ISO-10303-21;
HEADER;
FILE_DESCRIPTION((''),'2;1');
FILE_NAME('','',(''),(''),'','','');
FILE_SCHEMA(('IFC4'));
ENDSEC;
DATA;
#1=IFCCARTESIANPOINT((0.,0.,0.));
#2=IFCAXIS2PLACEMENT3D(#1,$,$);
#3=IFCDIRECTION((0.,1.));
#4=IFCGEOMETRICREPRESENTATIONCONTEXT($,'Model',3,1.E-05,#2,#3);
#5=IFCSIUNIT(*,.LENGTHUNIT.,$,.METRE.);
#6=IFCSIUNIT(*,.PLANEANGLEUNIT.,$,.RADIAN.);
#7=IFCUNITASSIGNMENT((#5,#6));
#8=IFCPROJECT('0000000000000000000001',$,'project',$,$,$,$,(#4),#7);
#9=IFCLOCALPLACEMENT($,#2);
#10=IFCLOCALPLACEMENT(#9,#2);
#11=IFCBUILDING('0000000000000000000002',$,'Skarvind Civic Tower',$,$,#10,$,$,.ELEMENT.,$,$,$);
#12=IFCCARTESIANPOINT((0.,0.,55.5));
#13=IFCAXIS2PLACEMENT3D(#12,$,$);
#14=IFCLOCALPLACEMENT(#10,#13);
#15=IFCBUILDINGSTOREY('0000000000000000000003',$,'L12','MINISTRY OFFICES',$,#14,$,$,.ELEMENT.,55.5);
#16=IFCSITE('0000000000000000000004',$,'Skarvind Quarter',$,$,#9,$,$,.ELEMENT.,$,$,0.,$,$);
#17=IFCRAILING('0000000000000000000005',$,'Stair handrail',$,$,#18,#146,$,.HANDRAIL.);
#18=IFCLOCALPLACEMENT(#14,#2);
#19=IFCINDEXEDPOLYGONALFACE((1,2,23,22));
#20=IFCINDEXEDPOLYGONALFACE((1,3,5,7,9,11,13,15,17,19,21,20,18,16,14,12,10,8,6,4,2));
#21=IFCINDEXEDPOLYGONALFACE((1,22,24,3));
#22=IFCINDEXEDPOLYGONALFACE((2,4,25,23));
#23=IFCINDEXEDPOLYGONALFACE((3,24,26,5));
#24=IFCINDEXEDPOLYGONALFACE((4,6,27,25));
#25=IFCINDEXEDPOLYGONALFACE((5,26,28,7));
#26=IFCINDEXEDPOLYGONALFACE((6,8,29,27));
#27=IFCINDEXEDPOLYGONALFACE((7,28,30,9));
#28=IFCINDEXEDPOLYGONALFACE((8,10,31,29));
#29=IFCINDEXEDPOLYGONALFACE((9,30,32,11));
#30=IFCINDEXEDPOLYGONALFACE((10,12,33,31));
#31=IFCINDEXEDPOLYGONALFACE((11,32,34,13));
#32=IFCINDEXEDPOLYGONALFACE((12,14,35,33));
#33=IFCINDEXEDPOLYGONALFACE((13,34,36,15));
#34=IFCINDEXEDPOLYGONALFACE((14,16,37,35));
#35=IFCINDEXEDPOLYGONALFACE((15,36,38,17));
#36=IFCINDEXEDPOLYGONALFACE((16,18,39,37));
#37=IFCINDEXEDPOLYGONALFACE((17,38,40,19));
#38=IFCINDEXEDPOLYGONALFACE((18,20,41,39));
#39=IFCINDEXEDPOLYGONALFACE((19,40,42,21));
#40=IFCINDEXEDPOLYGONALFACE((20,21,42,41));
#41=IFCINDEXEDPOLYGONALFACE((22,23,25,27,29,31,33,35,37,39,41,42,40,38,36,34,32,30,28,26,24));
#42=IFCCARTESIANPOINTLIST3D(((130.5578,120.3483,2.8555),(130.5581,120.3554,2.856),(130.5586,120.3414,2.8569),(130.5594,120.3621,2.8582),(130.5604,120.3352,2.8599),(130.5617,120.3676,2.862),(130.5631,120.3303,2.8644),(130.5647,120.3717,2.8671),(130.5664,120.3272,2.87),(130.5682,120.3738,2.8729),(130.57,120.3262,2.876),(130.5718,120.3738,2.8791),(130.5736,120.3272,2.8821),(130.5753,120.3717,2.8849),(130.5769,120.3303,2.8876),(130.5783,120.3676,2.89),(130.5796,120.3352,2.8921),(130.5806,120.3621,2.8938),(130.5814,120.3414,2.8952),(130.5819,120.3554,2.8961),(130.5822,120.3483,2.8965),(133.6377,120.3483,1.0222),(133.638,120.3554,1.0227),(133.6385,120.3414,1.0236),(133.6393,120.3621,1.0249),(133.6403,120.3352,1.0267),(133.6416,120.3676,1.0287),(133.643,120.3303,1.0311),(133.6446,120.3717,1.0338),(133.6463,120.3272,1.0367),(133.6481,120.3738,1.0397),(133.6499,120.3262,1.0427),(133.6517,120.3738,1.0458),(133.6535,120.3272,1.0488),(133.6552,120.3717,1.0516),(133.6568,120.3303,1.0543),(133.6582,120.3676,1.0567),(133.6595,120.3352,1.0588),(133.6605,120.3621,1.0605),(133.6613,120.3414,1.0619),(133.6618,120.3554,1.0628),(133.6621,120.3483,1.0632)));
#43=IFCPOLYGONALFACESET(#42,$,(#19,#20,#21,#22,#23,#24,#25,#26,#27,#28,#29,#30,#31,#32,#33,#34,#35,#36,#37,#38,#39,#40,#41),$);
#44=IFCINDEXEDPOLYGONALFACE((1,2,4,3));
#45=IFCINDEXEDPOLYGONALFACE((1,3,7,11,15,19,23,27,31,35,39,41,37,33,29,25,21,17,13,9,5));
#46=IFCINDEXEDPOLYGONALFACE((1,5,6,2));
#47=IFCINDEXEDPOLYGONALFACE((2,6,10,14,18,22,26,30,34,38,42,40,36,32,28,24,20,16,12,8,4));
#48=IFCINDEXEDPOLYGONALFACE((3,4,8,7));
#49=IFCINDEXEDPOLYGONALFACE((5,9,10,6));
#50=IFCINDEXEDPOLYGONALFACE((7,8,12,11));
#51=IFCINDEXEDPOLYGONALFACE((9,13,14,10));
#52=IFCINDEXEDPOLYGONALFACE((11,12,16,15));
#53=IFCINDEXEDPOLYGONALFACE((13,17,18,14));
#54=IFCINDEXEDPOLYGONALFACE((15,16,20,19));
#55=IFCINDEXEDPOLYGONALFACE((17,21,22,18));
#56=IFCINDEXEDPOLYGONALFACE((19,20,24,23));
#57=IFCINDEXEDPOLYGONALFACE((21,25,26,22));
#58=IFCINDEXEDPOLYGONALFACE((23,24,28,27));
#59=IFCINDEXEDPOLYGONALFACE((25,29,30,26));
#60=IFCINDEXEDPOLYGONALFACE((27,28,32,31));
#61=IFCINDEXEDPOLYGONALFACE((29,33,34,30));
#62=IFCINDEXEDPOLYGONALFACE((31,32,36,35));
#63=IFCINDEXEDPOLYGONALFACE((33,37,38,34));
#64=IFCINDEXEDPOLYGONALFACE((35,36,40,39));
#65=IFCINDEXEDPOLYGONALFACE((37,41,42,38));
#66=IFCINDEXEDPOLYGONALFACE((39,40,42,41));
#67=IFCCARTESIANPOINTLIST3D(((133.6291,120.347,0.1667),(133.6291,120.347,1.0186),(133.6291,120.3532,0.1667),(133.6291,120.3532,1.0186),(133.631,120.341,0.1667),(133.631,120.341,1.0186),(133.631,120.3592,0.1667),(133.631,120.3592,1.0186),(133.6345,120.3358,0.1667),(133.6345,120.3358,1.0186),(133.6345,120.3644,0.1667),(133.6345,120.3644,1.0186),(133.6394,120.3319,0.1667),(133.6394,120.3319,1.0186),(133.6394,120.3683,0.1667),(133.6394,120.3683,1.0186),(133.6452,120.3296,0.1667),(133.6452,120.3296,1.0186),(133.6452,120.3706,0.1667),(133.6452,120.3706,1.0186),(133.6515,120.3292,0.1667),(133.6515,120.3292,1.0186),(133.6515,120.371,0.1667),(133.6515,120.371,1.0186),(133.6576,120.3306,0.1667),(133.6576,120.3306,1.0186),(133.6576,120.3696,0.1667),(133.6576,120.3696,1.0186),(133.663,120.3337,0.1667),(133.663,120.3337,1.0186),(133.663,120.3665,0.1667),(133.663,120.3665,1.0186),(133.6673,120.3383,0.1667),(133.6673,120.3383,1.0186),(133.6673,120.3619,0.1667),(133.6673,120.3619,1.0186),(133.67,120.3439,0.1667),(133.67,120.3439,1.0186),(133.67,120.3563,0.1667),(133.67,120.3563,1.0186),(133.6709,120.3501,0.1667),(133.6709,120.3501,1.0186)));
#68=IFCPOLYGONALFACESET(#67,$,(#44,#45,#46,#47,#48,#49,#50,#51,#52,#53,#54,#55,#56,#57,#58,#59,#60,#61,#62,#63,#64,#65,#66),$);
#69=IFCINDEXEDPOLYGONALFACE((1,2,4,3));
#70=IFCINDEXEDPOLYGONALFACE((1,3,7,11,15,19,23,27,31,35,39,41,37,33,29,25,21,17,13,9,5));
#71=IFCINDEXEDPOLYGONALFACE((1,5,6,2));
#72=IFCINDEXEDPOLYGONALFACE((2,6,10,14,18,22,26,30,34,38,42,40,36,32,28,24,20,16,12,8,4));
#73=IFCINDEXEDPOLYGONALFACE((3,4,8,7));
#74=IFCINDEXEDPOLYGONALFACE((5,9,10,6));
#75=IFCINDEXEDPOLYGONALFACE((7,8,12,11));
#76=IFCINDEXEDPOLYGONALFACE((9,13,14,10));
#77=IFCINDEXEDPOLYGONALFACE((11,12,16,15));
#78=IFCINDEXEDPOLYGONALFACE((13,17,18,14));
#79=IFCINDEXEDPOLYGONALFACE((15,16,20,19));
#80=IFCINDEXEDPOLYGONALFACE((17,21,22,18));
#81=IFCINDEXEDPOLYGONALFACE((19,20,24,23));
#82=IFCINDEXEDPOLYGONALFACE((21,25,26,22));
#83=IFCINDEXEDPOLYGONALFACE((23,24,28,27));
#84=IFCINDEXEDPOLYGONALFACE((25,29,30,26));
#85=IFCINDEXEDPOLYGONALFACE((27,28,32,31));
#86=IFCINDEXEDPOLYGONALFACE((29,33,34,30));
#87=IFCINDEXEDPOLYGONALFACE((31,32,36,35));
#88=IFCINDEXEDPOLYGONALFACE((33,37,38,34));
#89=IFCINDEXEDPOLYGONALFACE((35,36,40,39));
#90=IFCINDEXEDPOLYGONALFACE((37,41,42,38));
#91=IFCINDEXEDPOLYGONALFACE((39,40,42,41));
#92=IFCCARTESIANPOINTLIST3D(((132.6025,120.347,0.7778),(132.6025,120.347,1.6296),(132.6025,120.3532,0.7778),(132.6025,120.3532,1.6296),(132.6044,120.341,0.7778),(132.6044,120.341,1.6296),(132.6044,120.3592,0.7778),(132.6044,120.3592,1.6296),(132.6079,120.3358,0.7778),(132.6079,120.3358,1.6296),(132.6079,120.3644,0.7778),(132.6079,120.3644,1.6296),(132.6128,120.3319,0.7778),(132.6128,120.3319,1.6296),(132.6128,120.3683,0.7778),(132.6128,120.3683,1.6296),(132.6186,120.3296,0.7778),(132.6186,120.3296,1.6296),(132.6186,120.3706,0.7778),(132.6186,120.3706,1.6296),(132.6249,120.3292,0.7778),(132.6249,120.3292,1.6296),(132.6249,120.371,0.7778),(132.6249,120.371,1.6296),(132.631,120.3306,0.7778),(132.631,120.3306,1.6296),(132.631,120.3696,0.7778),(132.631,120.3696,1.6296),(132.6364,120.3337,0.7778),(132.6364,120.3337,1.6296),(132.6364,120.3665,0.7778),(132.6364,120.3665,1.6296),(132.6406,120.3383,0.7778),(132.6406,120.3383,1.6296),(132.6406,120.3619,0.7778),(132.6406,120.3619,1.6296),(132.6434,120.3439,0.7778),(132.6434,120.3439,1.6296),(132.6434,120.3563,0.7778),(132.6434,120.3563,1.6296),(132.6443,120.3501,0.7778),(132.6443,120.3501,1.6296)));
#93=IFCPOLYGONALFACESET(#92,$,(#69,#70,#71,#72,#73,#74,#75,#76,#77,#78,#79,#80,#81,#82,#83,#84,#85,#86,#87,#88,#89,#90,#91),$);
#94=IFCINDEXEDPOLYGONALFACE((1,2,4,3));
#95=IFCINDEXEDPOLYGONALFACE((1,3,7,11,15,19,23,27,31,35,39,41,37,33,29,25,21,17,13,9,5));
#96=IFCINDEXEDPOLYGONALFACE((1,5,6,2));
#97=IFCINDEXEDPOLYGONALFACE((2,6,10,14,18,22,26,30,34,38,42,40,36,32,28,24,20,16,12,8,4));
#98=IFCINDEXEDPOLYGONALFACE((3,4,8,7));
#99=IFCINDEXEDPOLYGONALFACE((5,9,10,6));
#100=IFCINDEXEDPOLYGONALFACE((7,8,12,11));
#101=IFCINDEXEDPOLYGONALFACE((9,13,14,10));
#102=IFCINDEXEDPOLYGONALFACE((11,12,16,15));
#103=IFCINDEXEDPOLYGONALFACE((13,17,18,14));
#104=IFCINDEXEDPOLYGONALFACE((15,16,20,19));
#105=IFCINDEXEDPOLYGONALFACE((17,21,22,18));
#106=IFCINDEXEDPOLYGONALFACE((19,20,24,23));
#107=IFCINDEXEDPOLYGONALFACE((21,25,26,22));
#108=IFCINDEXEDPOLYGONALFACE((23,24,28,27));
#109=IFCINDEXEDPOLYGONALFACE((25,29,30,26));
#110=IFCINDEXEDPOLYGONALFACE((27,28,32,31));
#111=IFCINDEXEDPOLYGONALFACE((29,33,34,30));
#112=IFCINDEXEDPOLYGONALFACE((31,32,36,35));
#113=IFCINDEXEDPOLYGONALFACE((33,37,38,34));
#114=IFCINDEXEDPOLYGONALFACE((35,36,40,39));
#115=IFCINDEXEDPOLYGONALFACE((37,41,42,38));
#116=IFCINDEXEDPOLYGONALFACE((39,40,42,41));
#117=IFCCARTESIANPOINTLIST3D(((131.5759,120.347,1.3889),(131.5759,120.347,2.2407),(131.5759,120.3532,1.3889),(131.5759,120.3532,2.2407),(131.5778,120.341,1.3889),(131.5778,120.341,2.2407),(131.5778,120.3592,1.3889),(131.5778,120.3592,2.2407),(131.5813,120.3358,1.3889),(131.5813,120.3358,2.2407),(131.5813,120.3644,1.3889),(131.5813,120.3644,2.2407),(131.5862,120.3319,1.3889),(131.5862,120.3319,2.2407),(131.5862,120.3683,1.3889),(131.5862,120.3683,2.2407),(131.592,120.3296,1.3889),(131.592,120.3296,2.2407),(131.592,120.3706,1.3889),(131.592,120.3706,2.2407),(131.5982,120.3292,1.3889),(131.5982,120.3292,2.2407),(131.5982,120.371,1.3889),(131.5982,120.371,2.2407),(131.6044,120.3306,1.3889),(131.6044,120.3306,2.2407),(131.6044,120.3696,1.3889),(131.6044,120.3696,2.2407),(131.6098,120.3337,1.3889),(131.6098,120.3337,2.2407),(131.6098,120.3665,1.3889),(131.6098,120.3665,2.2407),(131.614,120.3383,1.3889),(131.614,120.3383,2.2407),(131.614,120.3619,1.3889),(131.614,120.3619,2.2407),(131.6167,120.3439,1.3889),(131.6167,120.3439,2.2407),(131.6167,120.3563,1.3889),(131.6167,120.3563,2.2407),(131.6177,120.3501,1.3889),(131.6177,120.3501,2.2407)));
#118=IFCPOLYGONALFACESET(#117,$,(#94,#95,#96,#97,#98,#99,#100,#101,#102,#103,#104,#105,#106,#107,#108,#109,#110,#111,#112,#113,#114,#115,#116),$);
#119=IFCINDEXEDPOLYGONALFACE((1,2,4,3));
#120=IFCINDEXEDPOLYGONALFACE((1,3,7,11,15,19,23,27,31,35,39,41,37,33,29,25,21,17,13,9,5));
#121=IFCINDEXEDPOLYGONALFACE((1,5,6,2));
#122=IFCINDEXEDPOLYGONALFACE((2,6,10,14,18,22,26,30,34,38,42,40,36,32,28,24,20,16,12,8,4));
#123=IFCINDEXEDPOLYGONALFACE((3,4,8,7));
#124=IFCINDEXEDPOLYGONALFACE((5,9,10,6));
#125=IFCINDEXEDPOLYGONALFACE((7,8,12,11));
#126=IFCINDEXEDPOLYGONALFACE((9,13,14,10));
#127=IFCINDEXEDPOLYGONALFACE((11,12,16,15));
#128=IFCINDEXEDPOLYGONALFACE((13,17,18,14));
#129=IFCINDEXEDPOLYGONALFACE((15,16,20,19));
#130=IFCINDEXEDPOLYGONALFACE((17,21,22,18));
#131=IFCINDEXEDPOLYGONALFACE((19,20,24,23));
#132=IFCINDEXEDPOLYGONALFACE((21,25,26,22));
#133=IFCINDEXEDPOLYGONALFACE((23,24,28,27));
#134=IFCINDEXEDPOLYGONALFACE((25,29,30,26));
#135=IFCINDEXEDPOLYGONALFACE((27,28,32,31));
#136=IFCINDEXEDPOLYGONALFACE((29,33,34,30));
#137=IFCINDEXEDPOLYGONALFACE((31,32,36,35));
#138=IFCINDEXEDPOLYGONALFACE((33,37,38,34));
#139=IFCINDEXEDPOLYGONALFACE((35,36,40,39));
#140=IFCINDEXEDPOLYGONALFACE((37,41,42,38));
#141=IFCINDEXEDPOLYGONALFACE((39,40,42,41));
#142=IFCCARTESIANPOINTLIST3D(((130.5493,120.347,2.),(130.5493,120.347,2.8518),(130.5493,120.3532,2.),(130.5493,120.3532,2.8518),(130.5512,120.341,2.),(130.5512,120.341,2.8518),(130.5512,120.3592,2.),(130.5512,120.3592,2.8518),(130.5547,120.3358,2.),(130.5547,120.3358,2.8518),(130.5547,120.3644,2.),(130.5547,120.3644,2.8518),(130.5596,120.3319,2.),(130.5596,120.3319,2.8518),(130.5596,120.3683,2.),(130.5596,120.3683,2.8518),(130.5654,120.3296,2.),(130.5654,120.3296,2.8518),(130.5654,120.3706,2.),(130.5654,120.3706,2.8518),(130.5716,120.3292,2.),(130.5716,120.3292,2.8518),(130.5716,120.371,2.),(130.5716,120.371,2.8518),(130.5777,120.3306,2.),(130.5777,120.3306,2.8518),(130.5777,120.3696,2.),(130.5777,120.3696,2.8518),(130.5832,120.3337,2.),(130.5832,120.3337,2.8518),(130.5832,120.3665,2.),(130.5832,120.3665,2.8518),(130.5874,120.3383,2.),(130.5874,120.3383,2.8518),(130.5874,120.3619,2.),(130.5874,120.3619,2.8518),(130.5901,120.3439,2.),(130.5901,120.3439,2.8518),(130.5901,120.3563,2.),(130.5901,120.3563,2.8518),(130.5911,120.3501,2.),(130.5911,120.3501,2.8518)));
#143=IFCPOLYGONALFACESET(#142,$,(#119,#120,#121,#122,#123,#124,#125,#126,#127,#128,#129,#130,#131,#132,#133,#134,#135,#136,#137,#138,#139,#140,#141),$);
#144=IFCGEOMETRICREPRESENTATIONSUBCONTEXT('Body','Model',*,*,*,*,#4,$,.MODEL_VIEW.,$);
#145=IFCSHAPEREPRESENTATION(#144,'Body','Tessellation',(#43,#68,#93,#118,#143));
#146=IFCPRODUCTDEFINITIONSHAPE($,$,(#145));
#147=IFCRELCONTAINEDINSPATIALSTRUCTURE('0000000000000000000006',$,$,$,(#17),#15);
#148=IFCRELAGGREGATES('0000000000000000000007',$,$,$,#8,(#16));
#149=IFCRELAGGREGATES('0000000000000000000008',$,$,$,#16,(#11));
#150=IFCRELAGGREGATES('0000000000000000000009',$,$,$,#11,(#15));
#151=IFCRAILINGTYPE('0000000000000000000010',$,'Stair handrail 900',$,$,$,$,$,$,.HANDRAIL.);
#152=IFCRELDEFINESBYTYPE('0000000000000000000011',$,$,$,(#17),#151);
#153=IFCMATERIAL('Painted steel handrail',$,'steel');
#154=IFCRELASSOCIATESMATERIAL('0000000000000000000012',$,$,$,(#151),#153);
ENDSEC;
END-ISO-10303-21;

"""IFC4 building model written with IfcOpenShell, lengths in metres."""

from ifc_helpers import new_model, si_unit, direction, frame, origin, origin_2d, place, context, subcontext, project, spatial, circle, extrude, material, type_object, element, save


model = new_model("IFC4")

# Units and contexts
model_context = context("Model", 3, precision=1e-05, world=origin(), true_north=direction((0.0, 1.0)))
body_context = subcontext(model_context, "Body", "Model", "MODEL_VIEW")
ifc_project = project(units=[si_unit("LENGTHUNIT", "METRE"), si_unit("PLANEANGLEUNIT", "RADIAN")], contexts=[model_context])

# Site, building, storey
site_placement = place(None, origin())
site = spatial("IfcSite", under=ifc_project, at=site_placement, Name="Skarvind Quarter", CompositionType="ELEMENT", RefElevation=0.0)
building_placement = place(site_placement, origin())
building = spatial("IfcBuilding", under=site, at=building_placement, Name="Skarvind Civic Tower", CompositionType="ELEMENT")
storey_placement = place(building_placement, frame((0.0, 0.0, 55.5)))
storey = spatial("IfcBuildingStorey", under=building, at=storey_placement, Name="L12", Description="MINISTRY OFFICES", CompositionType="ELEMENT", Elevation=55.5)

# Railing
ifc_material_1 = material(Name="Painted steel handrail", Category="steel")
railing_type = type_object("IfcRailingType", Name="Stair handrail 900", PredefinedType="HANDRAIL", material=ifc_material_1)
railing_placement = place(storey_placement, frame((133.6499, 120.3501, 0.1667)))
element("IfcRailing", 1, at=railing_placement, inside=storey, type_object=railing_type, Name="Stair handrail", PredefinedType="HANDRAIL", context=body_context, shape_type="SweptSolid", body=[
    extrude(circle(Radius=0.0239, at=origin_2d()), frame((0.0, 0.0, 0.876), z_axis=(-0.859291, 0.0, 0.511487), x_axis=(0.0, -1.0, 0.0)), (0.0, 0.0, 1.0), 3.5842),
    extrude(circle(Radius=0.021, at=origin_2d()), origin(), (0.0, 0.0, 1.0), 0.8518),
    extrude(circle(Radius=0.021, at=origin_2d()), frame((-1.0266, 0.0, 0.6111)), (0.0, 0.0, 1.0), 0.8518),
    extrude(circle(Radius=0.021, at=origin_2d()), frame((-2.0532, 0.0, 1.2222)), (0.0, 0.0, 1.0), 0.8518),
    extrude(circle(Radius=0.021, at=origin_2d()), frame((-3.0798, 0.0, 1.8333)), (0.0, 0.0, 1.0), 0.8518),
])

save(model, "model.ifc")
